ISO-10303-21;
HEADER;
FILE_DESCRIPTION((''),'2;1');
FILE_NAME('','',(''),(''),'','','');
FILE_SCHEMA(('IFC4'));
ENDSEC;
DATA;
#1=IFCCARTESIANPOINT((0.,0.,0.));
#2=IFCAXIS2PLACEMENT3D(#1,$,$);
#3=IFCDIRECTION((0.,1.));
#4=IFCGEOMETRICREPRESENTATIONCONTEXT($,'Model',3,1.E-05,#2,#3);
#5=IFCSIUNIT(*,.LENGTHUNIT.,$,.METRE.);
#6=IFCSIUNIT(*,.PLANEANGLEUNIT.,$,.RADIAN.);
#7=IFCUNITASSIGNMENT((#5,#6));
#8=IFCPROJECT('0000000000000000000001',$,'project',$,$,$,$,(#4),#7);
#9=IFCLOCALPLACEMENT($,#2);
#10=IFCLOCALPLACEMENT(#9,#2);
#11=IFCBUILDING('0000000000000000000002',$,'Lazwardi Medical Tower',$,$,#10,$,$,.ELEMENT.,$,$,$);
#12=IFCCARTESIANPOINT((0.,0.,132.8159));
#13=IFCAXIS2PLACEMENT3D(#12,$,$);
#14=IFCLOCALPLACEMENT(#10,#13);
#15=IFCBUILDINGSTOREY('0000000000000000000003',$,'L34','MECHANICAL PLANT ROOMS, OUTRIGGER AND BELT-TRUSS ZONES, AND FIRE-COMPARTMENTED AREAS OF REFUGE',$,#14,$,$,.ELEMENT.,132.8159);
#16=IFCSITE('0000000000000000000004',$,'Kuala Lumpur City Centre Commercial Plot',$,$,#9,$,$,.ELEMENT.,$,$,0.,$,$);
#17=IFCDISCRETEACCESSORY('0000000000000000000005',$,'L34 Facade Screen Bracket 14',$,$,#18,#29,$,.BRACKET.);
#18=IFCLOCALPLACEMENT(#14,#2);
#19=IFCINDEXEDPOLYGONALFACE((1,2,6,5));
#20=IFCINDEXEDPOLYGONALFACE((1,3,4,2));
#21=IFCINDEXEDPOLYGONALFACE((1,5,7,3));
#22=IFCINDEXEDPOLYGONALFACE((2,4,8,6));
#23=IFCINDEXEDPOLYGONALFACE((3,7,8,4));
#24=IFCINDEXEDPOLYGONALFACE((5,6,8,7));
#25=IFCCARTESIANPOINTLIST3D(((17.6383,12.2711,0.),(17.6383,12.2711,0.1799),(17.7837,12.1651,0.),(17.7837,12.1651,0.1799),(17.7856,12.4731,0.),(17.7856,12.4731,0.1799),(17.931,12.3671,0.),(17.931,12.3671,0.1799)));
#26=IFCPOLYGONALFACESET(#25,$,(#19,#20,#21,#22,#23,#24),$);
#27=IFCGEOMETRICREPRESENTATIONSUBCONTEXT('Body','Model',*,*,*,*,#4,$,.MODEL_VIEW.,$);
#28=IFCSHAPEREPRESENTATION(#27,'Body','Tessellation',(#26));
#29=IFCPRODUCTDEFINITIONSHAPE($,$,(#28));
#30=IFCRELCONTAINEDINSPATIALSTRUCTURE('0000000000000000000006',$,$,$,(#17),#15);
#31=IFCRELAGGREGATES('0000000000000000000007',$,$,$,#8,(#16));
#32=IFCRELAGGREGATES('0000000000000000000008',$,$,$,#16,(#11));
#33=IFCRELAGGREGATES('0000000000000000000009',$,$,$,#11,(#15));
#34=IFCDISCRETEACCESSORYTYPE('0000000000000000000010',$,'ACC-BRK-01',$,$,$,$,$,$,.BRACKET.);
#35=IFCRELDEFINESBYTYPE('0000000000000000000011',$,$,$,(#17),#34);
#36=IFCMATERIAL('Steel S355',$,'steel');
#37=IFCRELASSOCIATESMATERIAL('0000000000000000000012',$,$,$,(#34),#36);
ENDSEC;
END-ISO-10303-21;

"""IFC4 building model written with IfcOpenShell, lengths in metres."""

from ifc_helpers import new_model, si_unit, direction, frame, origin, origin_2d, place, context, subcontext, project, spatial, rectangle, extrude, material, type_object, element, save


model = new_model("IFC4")

# Units and contexts
model_context = context("Model", 3, precision=1e-05, world=origin(), true_north=direction((0.0, 1.0)))
body_context = subcontext(model_context, "Body", "Model", "MODEL_VIEW")
ifc_project = project(units=[si_unit("LENGTHUNIT", "METRE"), si_unit("PLANEANGLEUNIT", "RADIAN")], contexts=[model_context])

# Site, building, storey
site_placement = place(None, origin())
site = spatial("IfcSite", under=ifc_project, at=site_placement, Name="Kuala Lumpur City Centre Commercial Plot", CompositionType="ELEMENT", RefElevation=0.0)
building_placement = place(site_placement, origin())
building = spatial("IfcBuilding", under=site, at=building_placement, Name="Lazwardi Medical Tower", CompositionType="ELEMENT")
storey_placement = place(building_placement, frame((0.0, 0.0, 132.8159)))
storey = spatial("IfcBuildingStorey", under=building, at=storey_placement, Name="L34", Description="MECHANICAL PLANT ROOMS, OUTRIGGER AND BELT-TRUSS ZONES, AND FIRE-COMPARTMENTED AREAS OF REFUGE", CompositionType="ELEMENT", Elevation=132.8159)

# Shared definitions
ifc_material_1 = material(Name="Steel S355", Category="steel")

# Discrete accessory
discrete_accessory_type = type_object("IfcDiscreteAccessoryType", Name="ACC-BRK-01", PredefinedType="BRACKET", material=ifc_material_1)
discrete_accessory_placement = place(storey_placement, frame((17.7847, 12.3191, 0.0), z_axis=(0.0, 0.0, 1.0), x_axis=(0.808043, -0.589123, 0.0)))
element("IfcDiscreteAccessory", 1, at=discrete_accessory_placement, inside=storey, type_object=discrete_accessory_type, Name="L34 Facade Screen Bracket 14", PredefinedType="BRACKET", context=body_context, shape_type="SweptSolid", body=[
    extrude(rectangle(XDim=0.1799, YDim=0.25, at=origin_2d()), origin(), (0.0, 0.0, 1.0), 0.1799),
])

save(model, "model.ifc")
